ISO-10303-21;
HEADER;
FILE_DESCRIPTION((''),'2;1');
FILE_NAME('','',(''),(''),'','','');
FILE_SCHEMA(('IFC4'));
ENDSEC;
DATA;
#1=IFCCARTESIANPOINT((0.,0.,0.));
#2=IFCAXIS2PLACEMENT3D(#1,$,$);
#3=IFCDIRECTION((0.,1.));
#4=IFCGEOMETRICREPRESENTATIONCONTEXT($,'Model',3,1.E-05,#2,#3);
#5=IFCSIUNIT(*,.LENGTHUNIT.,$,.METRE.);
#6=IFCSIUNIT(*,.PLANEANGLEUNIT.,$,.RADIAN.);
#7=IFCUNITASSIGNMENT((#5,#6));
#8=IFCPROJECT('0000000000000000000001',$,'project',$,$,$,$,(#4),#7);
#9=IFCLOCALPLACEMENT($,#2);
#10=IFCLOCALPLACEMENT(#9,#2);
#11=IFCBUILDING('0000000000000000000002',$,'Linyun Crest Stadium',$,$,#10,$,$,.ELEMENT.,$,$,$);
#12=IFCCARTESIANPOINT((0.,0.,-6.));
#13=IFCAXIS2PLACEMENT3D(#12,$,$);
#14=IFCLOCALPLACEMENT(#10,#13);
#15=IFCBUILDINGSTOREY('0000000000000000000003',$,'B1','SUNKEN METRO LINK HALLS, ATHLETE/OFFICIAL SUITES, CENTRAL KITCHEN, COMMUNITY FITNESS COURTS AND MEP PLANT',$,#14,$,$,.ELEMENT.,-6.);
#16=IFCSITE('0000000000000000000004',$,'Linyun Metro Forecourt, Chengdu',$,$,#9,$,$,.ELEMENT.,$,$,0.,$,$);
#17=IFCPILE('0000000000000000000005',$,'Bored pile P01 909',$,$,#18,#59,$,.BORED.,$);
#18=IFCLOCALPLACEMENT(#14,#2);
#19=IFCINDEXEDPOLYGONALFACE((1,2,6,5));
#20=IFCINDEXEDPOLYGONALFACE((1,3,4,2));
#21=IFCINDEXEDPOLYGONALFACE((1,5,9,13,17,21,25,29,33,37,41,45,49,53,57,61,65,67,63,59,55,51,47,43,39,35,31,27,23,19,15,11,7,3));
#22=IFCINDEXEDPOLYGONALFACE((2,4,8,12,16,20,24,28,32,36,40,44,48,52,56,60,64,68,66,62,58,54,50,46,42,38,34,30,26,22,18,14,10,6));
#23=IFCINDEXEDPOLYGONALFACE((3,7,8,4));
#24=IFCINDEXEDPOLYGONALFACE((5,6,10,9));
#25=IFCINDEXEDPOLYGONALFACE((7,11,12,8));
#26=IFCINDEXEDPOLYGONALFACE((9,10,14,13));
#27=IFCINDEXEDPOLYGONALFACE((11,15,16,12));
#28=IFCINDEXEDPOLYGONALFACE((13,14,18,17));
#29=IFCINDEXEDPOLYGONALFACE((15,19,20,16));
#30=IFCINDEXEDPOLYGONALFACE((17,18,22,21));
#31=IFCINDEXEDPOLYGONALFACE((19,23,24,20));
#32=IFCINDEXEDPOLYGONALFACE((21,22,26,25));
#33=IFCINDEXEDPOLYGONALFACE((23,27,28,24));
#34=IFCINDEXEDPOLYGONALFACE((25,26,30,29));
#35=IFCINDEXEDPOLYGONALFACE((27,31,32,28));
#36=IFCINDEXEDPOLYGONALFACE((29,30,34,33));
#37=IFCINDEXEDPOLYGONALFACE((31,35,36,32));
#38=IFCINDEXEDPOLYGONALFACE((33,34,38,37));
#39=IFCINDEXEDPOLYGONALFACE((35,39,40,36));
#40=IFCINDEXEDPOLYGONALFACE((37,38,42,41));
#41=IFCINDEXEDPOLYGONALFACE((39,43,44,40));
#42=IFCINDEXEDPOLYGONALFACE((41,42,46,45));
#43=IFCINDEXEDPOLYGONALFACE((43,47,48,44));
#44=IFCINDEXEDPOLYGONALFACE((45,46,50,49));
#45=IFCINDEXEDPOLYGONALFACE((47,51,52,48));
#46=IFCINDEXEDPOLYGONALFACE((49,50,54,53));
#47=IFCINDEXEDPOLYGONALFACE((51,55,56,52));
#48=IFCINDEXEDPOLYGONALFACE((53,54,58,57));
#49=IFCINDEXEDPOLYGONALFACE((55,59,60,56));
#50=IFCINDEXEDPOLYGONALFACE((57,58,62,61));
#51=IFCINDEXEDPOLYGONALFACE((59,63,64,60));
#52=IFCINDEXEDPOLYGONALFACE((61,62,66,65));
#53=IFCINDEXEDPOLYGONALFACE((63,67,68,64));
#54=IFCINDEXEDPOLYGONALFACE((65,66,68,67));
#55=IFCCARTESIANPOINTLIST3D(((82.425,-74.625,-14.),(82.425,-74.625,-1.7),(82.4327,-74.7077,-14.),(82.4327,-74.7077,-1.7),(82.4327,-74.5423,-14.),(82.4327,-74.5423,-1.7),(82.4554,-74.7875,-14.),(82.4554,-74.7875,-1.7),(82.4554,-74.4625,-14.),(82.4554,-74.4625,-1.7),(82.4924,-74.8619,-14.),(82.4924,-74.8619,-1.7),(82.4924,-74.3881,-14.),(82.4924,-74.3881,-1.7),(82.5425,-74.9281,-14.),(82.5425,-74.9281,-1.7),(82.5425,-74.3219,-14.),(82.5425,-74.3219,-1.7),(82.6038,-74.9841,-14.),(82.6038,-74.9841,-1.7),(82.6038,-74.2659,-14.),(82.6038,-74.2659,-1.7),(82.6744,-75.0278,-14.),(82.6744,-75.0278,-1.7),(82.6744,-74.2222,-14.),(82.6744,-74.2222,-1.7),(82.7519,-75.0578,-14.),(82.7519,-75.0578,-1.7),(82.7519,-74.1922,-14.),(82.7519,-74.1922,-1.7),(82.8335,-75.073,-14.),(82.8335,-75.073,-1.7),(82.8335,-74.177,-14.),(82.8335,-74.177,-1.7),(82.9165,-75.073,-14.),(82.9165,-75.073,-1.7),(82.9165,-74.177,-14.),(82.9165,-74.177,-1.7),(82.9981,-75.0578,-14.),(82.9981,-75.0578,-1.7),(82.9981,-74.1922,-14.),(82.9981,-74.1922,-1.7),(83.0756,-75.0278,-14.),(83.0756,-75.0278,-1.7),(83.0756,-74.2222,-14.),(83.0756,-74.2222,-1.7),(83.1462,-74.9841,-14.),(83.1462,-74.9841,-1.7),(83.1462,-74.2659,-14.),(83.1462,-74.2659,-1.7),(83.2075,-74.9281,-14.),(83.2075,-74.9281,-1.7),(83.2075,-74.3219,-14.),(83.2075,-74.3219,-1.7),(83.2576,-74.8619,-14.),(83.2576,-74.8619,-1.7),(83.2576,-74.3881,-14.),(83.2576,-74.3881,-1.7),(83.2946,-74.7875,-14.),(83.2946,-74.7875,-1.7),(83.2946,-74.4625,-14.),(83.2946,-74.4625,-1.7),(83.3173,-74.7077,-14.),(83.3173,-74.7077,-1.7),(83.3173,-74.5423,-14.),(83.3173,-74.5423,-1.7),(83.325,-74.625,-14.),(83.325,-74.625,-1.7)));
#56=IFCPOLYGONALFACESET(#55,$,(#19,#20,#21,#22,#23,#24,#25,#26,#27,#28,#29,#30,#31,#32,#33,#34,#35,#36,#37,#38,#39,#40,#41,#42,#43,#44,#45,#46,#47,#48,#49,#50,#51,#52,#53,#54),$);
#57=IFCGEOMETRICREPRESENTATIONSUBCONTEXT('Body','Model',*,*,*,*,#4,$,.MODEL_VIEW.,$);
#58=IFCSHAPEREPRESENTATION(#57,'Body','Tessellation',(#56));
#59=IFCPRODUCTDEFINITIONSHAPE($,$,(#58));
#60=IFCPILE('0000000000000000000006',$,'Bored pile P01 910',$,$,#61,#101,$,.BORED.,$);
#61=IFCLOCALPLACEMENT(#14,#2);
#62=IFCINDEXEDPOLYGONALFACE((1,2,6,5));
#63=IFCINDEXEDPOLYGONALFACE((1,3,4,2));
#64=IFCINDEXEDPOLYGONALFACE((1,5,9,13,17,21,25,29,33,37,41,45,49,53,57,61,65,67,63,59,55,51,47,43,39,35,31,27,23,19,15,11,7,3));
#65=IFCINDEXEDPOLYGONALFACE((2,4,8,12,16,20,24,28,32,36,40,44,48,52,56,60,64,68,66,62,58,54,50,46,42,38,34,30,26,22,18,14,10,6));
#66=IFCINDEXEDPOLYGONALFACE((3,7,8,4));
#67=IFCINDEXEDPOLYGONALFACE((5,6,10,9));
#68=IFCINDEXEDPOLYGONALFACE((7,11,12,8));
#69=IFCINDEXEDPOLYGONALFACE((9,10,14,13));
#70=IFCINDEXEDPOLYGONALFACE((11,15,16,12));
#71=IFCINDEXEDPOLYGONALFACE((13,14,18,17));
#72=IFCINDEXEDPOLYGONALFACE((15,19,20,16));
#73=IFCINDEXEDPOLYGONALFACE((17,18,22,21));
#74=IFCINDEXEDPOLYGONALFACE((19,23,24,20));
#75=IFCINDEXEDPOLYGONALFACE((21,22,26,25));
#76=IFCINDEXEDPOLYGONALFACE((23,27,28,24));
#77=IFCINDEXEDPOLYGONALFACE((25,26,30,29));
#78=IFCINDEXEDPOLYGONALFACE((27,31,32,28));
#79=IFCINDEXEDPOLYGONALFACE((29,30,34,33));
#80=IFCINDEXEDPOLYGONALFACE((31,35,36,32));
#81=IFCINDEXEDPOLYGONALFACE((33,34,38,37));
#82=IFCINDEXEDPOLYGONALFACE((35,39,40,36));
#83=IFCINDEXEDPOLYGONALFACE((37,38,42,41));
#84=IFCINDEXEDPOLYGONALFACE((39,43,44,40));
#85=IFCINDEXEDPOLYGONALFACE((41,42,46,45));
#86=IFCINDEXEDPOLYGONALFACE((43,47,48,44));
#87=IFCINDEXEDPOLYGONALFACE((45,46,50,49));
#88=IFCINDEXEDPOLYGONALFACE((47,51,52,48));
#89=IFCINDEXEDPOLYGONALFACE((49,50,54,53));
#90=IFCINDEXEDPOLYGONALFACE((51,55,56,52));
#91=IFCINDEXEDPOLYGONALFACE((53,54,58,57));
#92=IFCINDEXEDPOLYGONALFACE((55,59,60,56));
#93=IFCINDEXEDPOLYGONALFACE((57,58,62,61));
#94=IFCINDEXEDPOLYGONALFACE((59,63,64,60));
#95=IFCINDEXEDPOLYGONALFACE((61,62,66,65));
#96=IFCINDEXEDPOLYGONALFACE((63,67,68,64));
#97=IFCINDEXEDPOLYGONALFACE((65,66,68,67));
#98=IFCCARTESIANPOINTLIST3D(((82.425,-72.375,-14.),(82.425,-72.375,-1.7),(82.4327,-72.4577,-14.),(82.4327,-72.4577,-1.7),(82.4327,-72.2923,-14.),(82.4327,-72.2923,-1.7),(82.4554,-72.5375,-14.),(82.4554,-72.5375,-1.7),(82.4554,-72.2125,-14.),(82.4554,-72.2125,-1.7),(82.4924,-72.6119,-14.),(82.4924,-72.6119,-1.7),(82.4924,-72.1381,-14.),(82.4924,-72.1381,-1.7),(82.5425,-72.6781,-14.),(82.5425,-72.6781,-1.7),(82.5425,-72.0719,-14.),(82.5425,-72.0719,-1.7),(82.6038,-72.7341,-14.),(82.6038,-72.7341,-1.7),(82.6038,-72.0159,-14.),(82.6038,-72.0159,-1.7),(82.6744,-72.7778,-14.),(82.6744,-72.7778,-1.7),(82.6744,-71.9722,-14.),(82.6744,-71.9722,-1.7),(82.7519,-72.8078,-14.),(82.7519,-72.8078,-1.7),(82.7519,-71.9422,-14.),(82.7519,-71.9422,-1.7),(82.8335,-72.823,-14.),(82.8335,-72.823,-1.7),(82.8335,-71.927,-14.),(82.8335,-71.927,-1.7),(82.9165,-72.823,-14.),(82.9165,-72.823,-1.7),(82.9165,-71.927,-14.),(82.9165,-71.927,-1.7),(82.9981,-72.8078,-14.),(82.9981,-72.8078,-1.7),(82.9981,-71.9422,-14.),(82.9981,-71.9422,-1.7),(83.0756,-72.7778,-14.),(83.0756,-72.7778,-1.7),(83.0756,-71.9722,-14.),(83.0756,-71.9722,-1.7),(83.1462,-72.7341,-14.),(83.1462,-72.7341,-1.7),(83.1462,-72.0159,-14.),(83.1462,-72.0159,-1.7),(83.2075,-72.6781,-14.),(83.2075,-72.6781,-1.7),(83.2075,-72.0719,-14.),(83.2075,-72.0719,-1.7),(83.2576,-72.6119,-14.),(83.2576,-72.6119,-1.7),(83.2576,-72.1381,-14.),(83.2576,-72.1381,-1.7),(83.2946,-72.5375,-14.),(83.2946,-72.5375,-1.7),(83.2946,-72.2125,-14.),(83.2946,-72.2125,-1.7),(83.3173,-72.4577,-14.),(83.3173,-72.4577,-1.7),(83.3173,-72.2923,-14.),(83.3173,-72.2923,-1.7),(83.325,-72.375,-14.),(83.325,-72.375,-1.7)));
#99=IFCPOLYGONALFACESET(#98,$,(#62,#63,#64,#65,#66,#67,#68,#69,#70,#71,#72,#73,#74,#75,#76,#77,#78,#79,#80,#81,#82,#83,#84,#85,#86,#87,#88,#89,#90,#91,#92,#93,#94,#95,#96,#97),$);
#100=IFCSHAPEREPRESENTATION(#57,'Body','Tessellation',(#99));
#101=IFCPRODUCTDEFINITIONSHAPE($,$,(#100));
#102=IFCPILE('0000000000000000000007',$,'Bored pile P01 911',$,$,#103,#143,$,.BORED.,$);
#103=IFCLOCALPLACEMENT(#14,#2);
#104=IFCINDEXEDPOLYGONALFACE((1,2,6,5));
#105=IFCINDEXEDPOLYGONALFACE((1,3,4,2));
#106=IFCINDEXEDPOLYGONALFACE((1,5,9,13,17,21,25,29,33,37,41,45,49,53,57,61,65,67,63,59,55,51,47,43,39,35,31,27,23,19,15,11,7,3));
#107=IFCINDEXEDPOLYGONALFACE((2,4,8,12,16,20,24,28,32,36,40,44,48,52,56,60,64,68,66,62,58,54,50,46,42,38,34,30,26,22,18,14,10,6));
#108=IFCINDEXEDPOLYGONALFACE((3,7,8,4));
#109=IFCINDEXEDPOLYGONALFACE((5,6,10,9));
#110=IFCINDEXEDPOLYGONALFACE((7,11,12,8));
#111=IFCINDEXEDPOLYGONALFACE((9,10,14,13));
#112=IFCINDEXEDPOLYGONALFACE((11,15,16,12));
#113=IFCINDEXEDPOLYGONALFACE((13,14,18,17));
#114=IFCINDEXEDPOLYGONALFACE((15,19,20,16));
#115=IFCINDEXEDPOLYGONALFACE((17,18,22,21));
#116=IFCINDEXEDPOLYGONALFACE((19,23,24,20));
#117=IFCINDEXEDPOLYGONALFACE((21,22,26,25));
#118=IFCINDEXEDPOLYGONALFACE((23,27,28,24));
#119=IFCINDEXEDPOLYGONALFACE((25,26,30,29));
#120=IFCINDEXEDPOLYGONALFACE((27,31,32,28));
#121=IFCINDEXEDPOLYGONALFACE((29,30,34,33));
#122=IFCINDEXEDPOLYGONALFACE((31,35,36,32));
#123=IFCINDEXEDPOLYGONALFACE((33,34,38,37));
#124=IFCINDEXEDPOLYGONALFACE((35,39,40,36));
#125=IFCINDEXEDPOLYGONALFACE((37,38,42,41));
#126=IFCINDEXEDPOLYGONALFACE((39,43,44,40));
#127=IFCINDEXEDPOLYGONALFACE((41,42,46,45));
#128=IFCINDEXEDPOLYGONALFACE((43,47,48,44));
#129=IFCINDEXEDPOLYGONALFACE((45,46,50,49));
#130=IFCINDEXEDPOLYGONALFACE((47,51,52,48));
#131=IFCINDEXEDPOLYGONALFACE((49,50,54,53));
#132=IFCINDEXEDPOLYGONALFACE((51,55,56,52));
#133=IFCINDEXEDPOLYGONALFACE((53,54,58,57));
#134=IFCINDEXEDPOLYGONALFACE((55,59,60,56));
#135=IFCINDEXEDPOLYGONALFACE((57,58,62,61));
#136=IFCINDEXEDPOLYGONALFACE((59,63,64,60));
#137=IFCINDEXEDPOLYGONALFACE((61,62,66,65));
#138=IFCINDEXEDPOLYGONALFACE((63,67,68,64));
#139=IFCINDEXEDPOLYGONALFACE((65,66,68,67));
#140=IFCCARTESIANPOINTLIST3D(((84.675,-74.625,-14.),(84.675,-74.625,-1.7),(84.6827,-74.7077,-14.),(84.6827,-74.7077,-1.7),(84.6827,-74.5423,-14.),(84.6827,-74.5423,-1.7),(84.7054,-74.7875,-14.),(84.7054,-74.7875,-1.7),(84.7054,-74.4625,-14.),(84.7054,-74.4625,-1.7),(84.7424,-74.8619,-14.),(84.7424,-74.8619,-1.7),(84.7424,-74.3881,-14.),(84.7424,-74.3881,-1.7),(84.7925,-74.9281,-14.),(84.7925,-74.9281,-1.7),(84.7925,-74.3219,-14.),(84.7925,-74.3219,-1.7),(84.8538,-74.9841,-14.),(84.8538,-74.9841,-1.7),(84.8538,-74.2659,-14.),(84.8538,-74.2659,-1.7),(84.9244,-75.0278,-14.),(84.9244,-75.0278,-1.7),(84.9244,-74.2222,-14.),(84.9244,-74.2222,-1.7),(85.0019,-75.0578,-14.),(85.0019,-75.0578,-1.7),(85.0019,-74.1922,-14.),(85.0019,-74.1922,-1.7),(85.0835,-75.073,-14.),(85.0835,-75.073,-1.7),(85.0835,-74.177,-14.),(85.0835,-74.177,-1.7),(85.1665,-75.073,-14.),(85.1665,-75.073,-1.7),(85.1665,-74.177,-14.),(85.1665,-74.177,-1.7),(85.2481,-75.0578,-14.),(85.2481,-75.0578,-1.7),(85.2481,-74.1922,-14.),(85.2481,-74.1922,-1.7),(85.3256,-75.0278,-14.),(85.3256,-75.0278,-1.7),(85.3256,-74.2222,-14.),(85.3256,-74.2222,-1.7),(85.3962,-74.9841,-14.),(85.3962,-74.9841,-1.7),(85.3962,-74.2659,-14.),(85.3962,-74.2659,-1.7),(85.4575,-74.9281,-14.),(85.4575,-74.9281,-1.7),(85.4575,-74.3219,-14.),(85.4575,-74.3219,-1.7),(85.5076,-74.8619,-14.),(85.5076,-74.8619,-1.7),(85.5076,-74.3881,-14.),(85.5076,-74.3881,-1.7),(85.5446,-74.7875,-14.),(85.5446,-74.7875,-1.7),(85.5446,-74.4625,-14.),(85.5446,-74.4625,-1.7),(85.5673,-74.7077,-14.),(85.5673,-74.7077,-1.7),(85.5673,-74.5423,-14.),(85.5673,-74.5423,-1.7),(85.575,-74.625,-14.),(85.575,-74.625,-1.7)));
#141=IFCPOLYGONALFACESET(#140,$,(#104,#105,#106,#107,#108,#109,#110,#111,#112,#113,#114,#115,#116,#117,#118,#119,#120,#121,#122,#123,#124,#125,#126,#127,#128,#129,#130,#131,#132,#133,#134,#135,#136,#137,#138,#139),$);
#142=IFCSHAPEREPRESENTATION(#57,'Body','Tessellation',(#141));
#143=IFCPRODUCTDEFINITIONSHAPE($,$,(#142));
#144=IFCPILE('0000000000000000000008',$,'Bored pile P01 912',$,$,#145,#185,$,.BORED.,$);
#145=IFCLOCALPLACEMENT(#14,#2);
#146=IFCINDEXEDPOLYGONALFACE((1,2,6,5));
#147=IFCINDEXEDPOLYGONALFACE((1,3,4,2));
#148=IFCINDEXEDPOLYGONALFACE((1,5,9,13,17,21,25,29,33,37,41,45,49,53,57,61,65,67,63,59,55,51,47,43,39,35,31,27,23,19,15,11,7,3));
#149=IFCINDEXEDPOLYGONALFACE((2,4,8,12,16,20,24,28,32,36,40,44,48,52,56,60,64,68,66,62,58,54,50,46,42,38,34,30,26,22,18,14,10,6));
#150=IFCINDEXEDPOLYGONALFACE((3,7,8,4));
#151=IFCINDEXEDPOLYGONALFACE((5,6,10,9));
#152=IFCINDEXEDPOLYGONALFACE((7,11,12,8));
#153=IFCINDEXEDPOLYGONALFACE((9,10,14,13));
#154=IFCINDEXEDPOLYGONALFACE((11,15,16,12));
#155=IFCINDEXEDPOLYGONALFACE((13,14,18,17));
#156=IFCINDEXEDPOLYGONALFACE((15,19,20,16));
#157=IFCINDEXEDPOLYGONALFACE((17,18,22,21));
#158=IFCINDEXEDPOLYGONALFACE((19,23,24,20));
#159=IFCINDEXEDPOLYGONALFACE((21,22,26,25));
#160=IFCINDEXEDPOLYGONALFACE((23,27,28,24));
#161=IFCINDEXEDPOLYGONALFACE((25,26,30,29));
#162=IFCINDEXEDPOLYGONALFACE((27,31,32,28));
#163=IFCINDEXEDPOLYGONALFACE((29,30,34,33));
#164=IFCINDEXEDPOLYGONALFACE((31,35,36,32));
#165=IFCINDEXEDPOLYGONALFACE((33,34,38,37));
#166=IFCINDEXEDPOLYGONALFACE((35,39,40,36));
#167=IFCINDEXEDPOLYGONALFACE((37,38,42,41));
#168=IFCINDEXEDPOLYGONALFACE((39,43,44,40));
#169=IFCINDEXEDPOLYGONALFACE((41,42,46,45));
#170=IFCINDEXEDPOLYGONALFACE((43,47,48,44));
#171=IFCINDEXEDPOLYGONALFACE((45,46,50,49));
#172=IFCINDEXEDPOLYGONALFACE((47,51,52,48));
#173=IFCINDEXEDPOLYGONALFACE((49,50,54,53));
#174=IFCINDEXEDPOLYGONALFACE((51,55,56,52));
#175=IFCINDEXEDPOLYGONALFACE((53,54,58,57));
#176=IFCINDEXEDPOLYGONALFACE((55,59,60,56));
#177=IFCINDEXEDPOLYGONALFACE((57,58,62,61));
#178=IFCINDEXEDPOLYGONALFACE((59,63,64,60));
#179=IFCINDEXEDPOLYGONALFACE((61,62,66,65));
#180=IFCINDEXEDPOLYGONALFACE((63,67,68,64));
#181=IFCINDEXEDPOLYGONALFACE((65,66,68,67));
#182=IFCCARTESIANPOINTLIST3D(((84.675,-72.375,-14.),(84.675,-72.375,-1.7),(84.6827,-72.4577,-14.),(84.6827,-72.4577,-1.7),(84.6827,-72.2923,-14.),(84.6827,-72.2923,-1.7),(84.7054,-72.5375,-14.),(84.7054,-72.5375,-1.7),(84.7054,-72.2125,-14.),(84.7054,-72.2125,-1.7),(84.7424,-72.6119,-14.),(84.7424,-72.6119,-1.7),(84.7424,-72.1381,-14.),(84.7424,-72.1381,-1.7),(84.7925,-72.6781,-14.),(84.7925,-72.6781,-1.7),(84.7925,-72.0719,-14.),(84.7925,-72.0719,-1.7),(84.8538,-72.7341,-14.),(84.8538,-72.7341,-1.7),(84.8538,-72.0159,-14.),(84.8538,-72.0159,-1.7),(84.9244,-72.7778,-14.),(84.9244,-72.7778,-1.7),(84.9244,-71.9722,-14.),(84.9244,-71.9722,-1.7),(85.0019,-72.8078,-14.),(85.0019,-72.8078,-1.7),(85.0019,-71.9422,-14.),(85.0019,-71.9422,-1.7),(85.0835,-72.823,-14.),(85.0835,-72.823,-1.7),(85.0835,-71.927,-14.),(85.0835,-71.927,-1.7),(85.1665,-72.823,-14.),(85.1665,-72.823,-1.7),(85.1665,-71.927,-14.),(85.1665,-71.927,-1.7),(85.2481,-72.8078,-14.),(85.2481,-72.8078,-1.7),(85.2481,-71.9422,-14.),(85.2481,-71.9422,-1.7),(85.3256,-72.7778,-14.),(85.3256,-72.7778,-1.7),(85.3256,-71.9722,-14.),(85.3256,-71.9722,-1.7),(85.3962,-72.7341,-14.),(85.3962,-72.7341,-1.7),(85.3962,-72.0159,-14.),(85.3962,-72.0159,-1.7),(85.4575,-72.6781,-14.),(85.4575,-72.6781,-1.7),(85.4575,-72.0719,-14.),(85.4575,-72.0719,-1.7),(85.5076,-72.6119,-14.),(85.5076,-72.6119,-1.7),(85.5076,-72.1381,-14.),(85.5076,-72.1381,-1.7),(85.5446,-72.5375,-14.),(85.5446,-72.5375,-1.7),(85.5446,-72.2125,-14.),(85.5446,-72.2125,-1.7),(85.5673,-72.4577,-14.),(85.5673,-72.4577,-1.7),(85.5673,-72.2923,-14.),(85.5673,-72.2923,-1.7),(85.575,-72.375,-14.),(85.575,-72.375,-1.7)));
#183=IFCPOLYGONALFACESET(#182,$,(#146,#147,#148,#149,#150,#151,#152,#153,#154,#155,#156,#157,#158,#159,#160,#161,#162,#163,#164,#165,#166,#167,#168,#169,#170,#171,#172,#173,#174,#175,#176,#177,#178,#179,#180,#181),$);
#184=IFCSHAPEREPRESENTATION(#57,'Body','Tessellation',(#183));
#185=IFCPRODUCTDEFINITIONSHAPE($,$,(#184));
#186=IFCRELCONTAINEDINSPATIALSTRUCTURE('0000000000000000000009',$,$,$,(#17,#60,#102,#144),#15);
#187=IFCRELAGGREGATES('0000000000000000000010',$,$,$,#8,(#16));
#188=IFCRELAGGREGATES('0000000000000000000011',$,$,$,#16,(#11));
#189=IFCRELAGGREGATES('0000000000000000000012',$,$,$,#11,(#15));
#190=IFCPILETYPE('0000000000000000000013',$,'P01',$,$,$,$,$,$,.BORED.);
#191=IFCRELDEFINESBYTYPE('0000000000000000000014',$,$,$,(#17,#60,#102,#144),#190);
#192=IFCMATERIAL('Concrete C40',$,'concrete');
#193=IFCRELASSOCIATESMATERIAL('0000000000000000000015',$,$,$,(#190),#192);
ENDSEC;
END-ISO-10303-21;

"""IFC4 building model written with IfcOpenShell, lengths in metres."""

from ifc_helpers import new_model, si_unit, direction, frame, origin, origin_2d, place, context, subcontext, project, spatial, circle, extrude, material, material_profile, profile_set, type_object, element, save


model = new_model("IFC4")

# Units and contexts
model_context = context("Model", 3, precision=1e-05, world=origin(), true_north=direction((0.0, 1.0)))
body_context = subcontext(model_context, "Body", "Model", "MODEL_VIEW")
ifc_project = project(units=[si_unit("LENGTHUNIT", "METRE"), si_unit("PLANEANGLEUNIT", "RADIAN")], contexts=[model_context])

# Site, building, storey
site_placement = place(None, origin())
site = spatial("IfcSite", under=ifc_project, at=site_placement, Name="Linyun Metro Forecourt, Chengdu", CompositionType="ELEMENT", RefElevation=0.0)
building_placement = place(site_placement, origin())
building = spatial("IfcBuilding", under=site, at=building_placement, Name="Linyun Crest Stadium", CompositionType="ELEMENT")
storey_placement = place(building_placement, frame((0.0, 0.0, -6.0)))
storey = spatial("IfcBuildingStorey", under=building, at=storey_placement, Name="B1", Description="SUNKEN METRO LINK HALLS, ATHLETE/OFFICIAL SUITES, CENTRAL KITCHEN, COMMUNITY FITNESS COURTS AND MEP PLANT", CompositionType="ELEMENT", Elevation=-6.0)

# Piles
ifc_material_1 = material(Name="Concrete C40", Category="concrete")
ifc_material_profile_1 = material_profile(ifc_material_1, circle(Radius=0.45, at=origin_2d()), Name="BORED PILE 900")
ifc_profile_set_1 = profile_set([ifc_material_profile_1], Name="Concrete C40")
pile_type = type_object("IfcPileType", Name="P01", PredefinedType="BORED", material=ifc_profile_set_1)
for number, where, z_axis, x_axis, name in (
    (1, (82.875, -74.625, -1.7), (0.0, 0.0, -1.0), (1.0, 0.0, 0.0), "Bored pile P01 909"),
    (2, (82.875, -72.375, -1.7), (0.0, 0.0, -1.0), (1.0, 0.0, 0.0), "Bored pile P01 910"),
    (3, (85.125, -74.625, -1.7), (0.0, 0.0, -1.0), (1.0, 0.0, 0.0), "Bored pile P01 911"),
    (4, (85.125, -72.375, -1.7), (0.0, 0.0, -1.0), (1.0, 0.0, 0.0), "Bored pile P01 912"),
):
    element("IfcPile", number, at=place(storey_placement, frame(where, z_axis=z_axis, x_axis=x_axis)), inside=storey, type_object=pile_type, Name=name, PredefinedType="BORED", context=body_context, shape_type="SweptSolid", body=[
        extrude(circle(Radius=0.45, at=origin_2d()), origin(), (0.0, 0.0, 1.0), 12.3),
    ])

save(model, "model.ifc")
